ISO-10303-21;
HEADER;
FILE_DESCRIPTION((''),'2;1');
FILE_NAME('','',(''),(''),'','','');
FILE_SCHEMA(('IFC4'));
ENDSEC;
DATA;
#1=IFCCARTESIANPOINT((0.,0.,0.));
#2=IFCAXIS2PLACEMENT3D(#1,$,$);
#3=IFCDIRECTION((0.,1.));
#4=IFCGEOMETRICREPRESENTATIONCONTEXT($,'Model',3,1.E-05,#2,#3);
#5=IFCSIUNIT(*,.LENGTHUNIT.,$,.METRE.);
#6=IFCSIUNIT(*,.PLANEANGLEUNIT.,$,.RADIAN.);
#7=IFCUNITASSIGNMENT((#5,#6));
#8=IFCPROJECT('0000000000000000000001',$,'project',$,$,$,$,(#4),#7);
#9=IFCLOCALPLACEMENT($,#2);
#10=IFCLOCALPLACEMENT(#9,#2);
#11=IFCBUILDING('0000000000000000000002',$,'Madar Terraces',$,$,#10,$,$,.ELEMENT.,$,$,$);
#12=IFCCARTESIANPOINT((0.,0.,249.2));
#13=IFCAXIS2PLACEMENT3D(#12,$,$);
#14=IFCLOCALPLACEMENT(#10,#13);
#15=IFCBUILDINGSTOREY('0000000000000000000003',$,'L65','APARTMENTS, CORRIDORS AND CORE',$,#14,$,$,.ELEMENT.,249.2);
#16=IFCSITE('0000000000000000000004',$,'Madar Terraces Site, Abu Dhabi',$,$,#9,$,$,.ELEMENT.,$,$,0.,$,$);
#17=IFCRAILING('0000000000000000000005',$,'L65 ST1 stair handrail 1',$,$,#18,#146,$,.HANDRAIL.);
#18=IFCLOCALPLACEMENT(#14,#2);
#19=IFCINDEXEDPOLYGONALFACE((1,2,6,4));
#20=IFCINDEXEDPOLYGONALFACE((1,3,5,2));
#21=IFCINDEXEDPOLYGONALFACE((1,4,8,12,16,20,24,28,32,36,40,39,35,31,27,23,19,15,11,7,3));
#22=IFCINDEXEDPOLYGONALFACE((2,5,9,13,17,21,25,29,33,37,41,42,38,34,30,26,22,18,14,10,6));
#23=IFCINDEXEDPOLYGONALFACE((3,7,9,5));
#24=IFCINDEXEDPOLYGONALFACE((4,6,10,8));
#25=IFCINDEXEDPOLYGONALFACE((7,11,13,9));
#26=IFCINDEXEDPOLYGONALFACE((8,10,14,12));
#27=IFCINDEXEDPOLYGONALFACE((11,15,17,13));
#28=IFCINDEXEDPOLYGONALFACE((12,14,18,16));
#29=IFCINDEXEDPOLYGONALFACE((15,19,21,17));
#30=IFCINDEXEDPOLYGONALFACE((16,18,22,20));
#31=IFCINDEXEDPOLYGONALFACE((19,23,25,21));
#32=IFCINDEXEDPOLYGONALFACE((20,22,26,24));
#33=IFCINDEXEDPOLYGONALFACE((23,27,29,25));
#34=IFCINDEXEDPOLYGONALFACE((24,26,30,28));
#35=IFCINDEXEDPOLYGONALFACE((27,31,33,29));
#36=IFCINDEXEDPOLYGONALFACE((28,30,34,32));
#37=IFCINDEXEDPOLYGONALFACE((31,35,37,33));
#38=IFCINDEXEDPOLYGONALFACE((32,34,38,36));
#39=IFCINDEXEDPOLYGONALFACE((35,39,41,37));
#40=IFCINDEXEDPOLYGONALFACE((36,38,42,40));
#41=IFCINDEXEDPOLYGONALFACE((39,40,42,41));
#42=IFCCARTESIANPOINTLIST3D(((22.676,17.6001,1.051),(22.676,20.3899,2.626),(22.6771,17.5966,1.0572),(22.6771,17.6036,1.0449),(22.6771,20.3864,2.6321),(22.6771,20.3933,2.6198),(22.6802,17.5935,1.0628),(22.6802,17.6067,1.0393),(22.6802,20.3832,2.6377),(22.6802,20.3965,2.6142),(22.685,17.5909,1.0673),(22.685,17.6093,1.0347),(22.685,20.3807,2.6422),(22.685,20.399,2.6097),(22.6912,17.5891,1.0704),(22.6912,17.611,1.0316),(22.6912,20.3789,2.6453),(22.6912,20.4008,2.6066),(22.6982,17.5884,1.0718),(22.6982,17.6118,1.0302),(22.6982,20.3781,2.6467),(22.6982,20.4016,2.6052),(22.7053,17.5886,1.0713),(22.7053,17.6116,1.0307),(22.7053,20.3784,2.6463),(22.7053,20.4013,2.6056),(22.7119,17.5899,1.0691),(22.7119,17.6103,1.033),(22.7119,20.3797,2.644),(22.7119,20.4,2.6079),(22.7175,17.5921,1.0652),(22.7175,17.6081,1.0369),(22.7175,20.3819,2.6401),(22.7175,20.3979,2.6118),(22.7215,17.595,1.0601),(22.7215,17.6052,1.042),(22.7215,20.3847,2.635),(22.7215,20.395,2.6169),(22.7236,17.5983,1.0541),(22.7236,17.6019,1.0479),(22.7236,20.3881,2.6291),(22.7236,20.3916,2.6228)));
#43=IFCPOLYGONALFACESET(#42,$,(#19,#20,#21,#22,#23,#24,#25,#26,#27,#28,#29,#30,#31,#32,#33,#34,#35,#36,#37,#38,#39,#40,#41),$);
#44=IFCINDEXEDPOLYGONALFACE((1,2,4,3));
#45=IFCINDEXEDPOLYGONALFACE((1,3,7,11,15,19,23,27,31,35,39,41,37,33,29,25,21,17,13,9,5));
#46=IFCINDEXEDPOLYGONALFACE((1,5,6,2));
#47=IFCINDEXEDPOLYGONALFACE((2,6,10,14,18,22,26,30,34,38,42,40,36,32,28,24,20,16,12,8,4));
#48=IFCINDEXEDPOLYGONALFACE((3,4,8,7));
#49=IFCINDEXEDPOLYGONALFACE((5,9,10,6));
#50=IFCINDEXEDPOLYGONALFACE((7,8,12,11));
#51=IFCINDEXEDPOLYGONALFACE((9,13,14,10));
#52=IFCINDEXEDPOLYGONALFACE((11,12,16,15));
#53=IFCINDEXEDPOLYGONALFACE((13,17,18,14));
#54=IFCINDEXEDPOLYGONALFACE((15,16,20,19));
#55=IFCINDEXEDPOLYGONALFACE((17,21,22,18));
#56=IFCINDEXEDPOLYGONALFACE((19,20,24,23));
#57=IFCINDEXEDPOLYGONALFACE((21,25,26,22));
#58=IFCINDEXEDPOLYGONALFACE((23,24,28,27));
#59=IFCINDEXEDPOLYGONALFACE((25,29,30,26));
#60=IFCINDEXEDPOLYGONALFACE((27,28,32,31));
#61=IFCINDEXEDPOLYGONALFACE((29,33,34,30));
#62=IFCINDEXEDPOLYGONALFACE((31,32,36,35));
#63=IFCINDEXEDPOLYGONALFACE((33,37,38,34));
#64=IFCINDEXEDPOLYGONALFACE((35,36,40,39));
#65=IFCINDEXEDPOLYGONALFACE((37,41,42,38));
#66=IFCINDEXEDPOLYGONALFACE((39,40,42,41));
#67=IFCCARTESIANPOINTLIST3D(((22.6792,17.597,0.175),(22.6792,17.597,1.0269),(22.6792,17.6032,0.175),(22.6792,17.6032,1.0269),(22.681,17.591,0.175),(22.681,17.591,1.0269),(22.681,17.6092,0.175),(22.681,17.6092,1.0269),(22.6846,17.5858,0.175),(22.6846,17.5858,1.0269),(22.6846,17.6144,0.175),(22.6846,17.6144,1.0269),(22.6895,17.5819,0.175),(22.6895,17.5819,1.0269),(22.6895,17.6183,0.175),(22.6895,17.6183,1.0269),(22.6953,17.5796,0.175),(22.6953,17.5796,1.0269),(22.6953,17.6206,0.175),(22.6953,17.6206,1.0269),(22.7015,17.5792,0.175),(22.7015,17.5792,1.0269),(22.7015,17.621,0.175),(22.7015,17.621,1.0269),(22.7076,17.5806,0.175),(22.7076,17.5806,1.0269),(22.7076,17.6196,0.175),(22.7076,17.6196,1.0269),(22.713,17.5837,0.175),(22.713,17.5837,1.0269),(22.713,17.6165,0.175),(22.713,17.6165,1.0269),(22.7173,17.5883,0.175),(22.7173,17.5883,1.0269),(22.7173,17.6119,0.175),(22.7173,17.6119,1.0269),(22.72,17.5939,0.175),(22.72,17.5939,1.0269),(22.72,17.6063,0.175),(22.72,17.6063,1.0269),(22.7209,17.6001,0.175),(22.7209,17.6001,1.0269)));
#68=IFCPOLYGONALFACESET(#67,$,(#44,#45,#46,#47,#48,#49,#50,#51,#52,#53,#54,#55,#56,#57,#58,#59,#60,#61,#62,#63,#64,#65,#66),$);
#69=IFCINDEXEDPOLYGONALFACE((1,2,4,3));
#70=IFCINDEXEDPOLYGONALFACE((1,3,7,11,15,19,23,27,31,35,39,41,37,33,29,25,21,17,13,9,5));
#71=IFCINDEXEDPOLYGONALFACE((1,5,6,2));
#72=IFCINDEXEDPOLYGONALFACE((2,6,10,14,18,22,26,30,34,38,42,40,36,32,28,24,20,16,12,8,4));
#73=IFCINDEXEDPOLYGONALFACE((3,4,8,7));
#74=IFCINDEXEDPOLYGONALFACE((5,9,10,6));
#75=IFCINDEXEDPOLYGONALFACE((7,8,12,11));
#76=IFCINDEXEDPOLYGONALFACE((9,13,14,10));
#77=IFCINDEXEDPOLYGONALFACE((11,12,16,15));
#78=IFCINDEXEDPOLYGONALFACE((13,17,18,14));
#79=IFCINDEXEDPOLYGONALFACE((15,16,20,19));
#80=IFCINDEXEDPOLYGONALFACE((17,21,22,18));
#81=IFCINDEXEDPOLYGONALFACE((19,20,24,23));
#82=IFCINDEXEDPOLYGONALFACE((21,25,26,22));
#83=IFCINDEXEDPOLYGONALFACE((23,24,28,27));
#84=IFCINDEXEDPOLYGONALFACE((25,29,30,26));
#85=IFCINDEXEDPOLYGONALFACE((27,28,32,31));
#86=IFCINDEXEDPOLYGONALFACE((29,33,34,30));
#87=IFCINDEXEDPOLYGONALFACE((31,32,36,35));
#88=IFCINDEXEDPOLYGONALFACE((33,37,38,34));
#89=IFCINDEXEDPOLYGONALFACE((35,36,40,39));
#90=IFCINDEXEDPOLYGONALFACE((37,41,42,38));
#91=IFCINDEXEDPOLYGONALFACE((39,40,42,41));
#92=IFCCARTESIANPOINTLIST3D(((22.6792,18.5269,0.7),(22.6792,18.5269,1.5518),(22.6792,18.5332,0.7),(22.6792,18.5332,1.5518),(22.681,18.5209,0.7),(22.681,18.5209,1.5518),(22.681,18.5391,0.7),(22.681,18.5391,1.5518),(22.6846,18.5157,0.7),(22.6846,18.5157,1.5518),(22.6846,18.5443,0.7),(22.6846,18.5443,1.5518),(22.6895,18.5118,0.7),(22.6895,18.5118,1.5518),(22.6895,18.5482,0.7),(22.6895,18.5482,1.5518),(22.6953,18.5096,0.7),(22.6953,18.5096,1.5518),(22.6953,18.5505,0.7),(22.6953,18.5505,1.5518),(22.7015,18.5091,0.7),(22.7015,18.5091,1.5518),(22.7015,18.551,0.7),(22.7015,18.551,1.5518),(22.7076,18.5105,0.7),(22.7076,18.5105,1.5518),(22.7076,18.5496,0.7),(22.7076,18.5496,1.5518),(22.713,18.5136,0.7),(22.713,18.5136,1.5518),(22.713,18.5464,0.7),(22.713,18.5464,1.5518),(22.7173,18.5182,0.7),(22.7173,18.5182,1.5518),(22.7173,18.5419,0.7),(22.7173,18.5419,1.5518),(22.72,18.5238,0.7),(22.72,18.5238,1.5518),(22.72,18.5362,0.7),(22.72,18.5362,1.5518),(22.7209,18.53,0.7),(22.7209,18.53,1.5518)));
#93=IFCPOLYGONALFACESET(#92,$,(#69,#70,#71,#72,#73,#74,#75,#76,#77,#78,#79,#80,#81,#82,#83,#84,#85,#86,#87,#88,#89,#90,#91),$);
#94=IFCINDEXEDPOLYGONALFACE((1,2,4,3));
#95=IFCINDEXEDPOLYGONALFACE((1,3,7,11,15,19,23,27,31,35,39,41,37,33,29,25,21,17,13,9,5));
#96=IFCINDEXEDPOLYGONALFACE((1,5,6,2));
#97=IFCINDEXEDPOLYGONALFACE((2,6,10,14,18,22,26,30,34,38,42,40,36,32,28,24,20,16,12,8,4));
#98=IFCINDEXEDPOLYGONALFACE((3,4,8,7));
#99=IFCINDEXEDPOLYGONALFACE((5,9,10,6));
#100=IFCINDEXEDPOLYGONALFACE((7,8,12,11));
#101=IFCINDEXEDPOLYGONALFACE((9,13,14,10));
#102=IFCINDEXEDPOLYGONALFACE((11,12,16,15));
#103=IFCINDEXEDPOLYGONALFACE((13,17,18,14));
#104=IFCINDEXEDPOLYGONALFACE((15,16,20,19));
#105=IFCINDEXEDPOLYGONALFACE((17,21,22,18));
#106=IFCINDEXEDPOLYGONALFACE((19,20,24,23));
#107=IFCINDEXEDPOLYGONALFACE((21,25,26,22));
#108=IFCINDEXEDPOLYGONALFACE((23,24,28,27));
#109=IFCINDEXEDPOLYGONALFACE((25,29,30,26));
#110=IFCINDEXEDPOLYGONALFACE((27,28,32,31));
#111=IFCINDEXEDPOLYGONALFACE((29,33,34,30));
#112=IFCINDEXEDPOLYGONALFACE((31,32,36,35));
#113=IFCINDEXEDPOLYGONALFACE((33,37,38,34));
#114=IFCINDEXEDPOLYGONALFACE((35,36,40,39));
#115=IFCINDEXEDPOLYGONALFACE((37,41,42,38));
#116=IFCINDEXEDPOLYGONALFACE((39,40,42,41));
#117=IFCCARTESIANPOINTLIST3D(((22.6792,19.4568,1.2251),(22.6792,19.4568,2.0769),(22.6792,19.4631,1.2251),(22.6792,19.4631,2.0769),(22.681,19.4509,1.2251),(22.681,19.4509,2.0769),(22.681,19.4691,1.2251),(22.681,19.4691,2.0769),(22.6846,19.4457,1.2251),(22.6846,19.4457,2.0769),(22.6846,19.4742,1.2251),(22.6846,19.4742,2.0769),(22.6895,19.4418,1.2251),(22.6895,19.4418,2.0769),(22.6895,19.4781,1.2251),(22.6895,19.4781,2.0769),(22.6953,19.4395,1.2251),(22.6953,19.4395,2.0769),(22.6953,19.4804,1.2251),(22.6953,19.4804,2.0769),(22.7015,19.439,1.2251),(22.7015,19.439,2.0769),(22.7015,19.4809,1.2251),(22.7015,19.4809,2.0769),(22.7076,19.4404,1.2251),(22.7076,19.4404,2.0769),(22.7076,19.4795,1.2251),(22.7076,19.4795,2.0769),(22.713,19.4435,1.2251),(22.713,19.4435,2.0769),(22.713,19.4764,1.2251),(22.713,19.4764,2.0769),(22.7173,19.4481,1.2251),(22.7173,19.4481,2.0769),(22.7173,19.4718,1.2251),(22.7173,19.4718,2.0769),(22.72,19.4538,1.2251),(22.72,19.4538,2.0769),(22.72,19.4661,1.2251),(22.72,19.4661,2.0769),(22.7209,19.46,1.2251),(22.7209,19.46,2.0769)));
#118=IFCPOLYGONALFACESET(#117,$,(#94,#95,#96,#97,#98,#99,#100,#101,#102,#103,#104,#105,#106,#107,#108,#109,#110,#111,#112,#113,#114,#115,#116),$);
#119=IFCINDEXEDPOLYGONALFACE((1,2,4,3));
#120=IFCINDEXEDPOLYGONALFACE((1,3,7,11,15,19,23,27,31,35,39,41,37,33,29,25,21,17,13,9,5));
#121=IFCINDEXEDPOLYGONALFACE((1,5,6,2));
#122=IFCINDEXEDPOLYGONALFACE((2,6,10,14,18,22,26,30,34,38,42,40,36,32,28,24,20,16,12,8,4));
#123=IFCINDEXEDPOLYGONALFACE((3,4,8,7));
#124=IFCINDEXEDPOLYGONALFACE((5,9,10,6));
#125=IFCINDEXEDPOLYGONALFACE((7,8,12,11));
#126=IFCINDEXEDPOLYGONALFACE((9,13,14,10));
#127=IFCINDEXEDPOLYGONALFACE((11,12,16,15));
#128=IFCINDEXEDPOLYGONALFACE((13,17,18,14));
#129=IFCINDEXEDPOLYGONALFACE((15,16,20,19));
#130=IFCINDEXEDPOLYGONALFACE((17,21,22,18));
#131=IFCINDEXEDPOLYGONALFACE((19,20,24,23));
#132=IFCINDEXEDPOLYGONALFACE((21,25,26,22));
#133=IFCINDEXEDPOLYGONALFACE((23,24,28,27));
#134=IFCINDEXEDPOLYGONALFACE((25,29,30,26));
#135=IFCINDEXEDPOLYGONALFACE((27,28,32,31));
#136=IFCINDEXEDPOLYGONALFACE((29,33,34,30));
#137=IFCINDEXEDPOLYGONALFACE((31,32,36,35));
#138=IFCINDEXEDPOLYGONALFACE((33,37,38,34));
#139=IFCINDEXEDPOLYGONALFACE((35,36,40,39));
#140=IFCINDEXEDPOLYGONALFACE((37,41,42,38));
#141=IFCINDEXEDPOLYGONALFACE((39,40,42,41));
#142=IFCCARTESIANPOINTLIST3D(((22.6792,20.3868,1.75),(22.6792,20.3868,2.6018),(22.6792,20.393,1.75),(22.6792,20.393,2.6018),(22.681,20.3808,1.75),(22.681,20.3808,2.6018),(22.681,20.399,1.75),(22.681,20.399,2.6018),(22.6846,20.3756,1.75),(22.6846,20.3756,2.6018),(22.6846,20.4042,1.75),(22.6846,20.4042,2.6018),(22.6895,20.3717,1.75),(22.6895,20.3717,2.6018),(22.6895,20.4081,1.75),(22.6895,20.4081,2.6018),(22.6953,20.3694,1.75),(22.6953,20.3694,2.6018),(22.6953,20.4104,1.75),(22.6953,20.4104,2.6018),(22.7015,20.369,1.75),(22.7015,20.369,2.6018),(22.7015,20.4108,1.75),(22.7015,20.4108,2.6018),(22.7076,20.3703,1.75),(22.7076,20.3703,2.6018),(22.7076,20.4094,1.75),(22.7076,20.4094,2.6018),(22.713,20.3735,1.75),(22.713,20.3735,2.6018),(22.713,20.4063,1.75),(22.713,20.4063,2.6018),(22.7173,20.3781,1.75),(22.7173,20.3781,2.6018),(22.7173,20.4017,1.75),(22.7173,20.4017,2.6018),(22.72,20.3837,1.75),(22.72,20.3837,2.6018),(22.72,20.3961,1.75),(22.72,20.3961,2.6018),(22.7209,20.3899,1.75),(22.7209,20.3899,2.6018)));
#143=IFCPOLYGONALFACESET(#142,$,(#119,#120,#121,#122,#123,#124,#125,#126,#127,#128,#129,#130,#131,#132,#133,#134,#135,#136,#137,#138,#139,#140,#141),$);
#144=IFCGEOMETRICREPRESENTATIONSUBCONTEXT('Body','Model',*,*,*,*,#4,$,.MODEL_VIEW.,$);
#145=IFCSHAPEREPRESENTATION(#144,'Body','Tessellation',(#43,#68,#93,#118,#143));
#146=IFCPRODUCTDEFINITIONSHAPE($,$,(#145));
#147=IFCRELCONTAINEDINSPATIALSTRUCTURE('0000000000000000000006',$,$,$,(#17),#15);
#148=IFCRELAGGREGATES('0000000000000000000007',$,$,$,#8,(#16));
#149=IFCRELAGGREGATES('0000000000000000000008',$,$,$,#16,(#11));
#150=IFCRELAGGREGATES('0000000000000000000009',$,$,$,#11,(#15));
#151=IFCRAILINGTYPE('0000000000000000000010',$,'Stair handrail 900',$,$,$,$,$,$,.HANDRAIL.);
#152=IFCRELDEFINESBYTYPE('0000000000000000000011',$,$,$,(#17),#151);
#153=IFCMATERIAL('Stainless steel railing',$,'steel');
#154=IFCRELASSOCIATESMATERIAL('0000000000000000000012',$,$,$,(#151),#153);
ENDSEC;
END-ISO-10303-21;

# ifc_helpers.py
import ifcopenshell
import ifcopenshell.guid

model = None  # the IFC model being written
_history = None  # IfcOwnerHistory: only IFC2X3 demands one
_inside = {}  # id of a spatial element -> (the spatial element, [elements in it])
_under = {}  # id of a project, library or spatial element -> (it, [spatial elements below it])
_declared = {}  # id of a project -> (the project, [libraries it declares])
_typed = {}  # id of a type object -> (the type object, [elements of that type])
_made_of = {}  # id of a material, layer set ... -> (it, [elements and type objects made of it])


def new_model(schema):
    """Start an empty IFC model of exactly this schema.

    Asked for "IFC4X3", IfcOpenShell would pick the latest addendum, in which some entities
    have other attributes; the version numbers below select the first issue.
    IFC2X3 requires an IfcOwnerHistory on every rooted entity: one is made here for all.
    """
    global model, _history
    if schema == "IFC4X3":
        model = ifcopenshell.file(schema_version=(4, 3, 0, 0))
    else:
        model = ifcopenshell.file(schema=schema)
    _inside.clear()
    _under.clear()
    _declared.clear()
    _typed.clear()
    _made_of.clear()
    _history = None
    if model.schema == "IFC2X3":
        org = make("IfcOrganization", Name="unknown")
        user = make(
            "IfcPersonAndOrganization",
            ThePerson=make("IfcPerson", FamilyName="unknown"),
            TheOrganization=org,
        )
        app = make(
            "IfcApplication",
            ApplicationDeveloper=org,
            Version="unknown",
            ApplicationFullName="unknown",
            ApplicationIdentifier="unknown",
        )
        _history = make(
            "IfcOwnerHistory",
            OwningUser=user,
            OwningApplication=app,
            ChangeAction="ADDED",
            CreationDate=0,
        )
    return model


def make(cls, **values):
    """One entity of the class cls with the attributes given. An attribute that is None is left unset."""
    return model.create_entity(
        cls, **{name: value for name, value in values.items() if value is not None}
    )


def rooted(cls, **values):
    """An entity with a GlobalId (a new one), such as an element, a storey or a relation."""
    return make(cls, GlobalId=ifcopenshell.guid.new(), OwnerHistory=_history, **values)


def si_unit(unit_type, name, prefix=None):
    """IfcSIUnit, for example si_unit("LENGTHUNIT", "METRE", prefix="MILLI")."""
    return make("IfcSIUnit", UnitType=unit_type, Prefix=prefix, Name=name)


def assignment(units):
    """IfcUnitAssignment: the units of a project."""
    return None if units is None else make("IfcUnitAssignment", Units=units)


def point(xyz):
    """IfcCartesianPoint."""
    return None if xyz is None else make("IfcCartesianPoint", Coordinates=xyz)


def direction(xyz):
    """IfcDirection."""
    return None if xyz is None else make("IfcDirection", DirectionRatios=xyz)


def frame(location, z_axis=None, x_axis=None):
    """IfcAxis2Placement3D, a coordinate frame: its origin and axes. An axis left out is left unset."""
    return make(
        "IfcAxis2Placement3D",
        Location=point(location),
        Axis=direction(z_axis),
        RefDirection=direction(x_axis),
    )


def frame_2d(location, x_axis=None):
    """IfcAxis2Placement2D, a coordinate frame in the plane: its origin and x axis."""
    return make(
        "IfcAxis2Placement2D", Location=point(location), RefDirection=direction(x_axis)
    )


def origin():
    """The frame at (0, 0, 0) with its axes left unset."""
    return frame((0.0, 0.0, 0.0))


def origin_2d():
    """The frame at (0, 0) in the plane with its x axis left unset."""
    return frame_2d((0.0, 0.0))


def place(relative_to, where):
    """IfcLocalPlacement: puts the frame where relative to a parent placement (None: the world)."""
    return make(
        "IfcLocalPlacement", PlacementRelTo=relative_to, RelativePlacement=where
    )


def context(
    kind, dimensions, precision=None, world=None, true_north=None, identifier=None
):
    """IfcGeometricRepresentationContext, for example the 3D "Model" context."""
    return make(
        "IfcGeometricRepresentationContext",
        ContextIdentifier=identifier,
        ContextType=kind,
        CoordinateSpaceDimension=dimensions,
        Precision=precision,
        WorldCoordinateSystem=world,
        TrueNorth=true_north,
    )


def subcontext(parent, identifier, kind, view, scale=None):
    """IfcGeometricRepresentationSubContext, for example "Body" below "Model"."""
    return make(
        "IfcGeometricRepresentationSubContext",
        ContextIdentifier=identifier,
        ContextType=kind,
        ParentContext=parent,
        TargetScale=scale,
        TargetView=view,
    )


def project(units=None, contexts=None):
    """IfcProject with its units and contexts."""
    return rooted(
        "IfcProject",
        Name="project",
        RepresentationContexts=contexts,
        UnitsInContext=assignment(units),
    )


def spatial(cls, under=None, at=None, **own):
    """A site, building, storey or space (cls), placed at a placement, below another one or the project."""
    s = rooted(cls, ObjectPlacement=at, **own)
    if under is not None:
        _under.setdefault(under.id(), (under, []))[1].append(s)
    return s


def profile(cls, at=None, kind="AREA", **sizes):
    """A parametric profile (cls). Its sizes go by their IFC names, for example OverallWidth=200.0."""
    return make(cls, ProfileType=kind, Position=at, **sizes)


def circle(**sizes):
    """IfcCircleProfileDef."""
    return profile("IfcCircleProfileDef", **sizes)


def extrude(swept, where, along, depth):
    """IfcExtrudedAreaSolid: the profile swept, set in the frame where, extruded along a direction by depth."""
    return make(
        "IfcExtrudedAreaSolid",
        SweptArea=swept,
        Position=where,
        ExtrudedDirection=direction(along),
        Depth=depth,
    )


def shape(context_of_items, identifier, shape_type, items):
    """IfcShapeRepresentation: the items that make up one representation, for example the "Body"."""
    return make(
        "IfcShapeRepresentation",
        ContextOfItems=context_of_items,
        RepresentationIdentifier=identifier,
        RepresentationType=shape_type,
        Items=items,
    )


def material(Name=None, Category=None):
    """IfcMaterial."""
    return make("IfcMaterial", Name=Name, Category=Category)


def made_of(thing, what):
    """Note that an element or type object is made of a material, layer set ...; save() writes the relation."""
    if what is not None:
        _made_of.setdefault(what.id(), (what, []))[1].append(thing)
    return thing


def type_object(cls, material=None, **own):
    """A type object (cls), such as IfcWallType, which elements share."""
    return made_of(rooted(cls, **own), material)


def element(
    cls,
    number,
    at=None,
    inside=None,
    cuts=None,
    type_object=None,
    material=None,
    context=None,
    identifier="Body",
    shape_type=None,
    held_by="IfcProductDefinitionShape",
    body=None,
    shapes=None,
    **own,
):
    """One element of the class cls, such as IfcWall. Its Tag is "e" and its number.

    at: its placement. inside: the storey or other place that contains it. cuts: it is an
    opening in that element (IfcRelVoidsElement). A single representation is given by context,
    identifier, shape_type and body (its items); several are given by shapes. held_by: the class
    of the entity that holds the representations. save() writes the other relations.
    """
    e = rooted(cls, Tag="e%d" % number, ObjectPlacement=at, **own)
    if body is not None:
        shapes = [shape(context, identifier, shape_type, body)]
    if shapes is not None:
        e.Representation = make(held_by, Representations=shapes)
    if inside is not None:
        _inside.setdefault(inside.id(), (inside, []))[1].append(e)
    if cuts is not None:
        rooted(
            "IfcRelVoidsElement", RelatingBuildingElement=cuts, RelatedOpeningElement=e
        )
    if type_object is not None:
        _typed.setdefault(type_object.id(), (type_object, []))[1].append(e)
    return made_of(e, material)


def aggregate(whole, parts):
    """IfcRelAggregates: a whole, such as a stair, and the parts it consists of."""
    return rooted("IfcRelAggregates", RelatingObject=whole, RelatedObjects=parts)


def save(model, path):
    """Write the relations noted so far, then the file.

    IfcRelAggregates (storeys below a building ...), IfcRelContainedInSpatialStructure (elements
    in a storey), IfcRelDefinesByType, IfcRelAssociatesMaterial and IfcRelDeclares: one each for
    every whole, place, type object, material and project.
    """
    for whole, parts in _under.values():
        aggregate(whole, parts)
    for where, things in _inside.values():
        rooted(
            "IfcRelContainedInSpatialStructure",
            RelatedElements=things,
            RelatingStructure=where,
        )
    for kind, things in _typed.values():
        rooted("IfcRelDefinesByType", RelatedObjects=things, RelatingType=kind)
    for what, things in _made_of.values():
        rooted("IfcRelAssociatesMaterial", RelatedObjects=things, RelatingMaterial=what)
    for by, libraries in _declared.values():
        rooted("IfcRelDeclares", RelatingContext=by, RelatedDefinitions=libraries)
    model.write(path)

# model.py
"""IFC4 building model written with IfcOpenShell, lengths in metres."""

from ifc_helpers import new_model, si_unit, direction, frame, origin, origin_2d, place, context, subcontext, project, spatial, circle, extrude, material, type_object, element, save


model = new_model("IFC4")

# Units and contexts
model_context = context("Model", 3, precision=1e-05, world=origin(), true_north=direction((0.0, 1.0)))
body_context = subcontext(model_context, "Body", "Model", "MODEL_VIEW")
ifc_project = project(units=[si_unit("LENGTHUNIT", "METRE"), si_unit("PLANEANGLEUNIT", "RADIAN")], contexts=[model_context])

# Site, building, storey
site_placement = place(None, origin())
site = spatial("IfcSite", under=ifc_project, at=site_placement, Name="Madar Terraces Site, Abu Dhabi", CompositionType="ELEMENT", RefElevation=0.0)
building_placement = place(site_placement, origin())
building = spatial("IfcBuilding", under=site, at=building_placement, Name="Madar Terraces", CompositionType="ELEMENT")
storey_placement = place(building_placement, frame((0.0, 0.0, 249.2)))
storey = spatial("IfcBuildingStorey", under=building, at=storey_placement, Name="L65", Description="APARTMENTS, CORRIDORS AND CORE", CompositionType="ELEMENT", Elevation=249.2)

# Railing
ifc_material_1 = material(Name="Stainless steel railing", Category="steel")
railing_type_1 = type_object("IfcRailingType", Name="Stair handrail 900", PredefinedType="HANDRAIL", material=ifc_material_1)
railing_placement = place(storey_placement, frame((22.7, 17.6001, 0.175)))
element("IfcRailing", 1, at=railing_placement, inside=storey, type_object=railing_type_1, Name="L65 ST1 stair handrail 1", PredefinedType="HANDRAIL", context=body_context, shape_type="SweptSolid", body=[
    extrude(circle(Radius=0.0239, at=origin_2d()), frame((0.0, 0.0, 0.876), z_axis=(0.0, 0.870815, 0.49161), x_axis=(-1.0, 0.0, 0.0)), (0.0, 0.0, 1.0), 3.2036),
    extrude(circle(Radius=0.021, at=origin_2d()), origin(), (0.0, 0.0, 1.0), 0.8518),
    extrude(circle(Radius=0.021, at=origin_2d()), frame((0.0, 0.9299, 0.5249)), (0.0, 0.0, 1.0), 0.8518),
    extrude(circle(Radius=0.021, at=origin_2d()), frame((0.0, 1.8599, 1.05)), (0.0, 0.0, 1.0), 0.8518),
    extrude(circle(Radius=0.021, at=origin_2d()), frame((0.0, 2.7898, 1.575)), (0.0, 0.0, 1.0), 0.8518),
])

save(model, "model.ifc")
